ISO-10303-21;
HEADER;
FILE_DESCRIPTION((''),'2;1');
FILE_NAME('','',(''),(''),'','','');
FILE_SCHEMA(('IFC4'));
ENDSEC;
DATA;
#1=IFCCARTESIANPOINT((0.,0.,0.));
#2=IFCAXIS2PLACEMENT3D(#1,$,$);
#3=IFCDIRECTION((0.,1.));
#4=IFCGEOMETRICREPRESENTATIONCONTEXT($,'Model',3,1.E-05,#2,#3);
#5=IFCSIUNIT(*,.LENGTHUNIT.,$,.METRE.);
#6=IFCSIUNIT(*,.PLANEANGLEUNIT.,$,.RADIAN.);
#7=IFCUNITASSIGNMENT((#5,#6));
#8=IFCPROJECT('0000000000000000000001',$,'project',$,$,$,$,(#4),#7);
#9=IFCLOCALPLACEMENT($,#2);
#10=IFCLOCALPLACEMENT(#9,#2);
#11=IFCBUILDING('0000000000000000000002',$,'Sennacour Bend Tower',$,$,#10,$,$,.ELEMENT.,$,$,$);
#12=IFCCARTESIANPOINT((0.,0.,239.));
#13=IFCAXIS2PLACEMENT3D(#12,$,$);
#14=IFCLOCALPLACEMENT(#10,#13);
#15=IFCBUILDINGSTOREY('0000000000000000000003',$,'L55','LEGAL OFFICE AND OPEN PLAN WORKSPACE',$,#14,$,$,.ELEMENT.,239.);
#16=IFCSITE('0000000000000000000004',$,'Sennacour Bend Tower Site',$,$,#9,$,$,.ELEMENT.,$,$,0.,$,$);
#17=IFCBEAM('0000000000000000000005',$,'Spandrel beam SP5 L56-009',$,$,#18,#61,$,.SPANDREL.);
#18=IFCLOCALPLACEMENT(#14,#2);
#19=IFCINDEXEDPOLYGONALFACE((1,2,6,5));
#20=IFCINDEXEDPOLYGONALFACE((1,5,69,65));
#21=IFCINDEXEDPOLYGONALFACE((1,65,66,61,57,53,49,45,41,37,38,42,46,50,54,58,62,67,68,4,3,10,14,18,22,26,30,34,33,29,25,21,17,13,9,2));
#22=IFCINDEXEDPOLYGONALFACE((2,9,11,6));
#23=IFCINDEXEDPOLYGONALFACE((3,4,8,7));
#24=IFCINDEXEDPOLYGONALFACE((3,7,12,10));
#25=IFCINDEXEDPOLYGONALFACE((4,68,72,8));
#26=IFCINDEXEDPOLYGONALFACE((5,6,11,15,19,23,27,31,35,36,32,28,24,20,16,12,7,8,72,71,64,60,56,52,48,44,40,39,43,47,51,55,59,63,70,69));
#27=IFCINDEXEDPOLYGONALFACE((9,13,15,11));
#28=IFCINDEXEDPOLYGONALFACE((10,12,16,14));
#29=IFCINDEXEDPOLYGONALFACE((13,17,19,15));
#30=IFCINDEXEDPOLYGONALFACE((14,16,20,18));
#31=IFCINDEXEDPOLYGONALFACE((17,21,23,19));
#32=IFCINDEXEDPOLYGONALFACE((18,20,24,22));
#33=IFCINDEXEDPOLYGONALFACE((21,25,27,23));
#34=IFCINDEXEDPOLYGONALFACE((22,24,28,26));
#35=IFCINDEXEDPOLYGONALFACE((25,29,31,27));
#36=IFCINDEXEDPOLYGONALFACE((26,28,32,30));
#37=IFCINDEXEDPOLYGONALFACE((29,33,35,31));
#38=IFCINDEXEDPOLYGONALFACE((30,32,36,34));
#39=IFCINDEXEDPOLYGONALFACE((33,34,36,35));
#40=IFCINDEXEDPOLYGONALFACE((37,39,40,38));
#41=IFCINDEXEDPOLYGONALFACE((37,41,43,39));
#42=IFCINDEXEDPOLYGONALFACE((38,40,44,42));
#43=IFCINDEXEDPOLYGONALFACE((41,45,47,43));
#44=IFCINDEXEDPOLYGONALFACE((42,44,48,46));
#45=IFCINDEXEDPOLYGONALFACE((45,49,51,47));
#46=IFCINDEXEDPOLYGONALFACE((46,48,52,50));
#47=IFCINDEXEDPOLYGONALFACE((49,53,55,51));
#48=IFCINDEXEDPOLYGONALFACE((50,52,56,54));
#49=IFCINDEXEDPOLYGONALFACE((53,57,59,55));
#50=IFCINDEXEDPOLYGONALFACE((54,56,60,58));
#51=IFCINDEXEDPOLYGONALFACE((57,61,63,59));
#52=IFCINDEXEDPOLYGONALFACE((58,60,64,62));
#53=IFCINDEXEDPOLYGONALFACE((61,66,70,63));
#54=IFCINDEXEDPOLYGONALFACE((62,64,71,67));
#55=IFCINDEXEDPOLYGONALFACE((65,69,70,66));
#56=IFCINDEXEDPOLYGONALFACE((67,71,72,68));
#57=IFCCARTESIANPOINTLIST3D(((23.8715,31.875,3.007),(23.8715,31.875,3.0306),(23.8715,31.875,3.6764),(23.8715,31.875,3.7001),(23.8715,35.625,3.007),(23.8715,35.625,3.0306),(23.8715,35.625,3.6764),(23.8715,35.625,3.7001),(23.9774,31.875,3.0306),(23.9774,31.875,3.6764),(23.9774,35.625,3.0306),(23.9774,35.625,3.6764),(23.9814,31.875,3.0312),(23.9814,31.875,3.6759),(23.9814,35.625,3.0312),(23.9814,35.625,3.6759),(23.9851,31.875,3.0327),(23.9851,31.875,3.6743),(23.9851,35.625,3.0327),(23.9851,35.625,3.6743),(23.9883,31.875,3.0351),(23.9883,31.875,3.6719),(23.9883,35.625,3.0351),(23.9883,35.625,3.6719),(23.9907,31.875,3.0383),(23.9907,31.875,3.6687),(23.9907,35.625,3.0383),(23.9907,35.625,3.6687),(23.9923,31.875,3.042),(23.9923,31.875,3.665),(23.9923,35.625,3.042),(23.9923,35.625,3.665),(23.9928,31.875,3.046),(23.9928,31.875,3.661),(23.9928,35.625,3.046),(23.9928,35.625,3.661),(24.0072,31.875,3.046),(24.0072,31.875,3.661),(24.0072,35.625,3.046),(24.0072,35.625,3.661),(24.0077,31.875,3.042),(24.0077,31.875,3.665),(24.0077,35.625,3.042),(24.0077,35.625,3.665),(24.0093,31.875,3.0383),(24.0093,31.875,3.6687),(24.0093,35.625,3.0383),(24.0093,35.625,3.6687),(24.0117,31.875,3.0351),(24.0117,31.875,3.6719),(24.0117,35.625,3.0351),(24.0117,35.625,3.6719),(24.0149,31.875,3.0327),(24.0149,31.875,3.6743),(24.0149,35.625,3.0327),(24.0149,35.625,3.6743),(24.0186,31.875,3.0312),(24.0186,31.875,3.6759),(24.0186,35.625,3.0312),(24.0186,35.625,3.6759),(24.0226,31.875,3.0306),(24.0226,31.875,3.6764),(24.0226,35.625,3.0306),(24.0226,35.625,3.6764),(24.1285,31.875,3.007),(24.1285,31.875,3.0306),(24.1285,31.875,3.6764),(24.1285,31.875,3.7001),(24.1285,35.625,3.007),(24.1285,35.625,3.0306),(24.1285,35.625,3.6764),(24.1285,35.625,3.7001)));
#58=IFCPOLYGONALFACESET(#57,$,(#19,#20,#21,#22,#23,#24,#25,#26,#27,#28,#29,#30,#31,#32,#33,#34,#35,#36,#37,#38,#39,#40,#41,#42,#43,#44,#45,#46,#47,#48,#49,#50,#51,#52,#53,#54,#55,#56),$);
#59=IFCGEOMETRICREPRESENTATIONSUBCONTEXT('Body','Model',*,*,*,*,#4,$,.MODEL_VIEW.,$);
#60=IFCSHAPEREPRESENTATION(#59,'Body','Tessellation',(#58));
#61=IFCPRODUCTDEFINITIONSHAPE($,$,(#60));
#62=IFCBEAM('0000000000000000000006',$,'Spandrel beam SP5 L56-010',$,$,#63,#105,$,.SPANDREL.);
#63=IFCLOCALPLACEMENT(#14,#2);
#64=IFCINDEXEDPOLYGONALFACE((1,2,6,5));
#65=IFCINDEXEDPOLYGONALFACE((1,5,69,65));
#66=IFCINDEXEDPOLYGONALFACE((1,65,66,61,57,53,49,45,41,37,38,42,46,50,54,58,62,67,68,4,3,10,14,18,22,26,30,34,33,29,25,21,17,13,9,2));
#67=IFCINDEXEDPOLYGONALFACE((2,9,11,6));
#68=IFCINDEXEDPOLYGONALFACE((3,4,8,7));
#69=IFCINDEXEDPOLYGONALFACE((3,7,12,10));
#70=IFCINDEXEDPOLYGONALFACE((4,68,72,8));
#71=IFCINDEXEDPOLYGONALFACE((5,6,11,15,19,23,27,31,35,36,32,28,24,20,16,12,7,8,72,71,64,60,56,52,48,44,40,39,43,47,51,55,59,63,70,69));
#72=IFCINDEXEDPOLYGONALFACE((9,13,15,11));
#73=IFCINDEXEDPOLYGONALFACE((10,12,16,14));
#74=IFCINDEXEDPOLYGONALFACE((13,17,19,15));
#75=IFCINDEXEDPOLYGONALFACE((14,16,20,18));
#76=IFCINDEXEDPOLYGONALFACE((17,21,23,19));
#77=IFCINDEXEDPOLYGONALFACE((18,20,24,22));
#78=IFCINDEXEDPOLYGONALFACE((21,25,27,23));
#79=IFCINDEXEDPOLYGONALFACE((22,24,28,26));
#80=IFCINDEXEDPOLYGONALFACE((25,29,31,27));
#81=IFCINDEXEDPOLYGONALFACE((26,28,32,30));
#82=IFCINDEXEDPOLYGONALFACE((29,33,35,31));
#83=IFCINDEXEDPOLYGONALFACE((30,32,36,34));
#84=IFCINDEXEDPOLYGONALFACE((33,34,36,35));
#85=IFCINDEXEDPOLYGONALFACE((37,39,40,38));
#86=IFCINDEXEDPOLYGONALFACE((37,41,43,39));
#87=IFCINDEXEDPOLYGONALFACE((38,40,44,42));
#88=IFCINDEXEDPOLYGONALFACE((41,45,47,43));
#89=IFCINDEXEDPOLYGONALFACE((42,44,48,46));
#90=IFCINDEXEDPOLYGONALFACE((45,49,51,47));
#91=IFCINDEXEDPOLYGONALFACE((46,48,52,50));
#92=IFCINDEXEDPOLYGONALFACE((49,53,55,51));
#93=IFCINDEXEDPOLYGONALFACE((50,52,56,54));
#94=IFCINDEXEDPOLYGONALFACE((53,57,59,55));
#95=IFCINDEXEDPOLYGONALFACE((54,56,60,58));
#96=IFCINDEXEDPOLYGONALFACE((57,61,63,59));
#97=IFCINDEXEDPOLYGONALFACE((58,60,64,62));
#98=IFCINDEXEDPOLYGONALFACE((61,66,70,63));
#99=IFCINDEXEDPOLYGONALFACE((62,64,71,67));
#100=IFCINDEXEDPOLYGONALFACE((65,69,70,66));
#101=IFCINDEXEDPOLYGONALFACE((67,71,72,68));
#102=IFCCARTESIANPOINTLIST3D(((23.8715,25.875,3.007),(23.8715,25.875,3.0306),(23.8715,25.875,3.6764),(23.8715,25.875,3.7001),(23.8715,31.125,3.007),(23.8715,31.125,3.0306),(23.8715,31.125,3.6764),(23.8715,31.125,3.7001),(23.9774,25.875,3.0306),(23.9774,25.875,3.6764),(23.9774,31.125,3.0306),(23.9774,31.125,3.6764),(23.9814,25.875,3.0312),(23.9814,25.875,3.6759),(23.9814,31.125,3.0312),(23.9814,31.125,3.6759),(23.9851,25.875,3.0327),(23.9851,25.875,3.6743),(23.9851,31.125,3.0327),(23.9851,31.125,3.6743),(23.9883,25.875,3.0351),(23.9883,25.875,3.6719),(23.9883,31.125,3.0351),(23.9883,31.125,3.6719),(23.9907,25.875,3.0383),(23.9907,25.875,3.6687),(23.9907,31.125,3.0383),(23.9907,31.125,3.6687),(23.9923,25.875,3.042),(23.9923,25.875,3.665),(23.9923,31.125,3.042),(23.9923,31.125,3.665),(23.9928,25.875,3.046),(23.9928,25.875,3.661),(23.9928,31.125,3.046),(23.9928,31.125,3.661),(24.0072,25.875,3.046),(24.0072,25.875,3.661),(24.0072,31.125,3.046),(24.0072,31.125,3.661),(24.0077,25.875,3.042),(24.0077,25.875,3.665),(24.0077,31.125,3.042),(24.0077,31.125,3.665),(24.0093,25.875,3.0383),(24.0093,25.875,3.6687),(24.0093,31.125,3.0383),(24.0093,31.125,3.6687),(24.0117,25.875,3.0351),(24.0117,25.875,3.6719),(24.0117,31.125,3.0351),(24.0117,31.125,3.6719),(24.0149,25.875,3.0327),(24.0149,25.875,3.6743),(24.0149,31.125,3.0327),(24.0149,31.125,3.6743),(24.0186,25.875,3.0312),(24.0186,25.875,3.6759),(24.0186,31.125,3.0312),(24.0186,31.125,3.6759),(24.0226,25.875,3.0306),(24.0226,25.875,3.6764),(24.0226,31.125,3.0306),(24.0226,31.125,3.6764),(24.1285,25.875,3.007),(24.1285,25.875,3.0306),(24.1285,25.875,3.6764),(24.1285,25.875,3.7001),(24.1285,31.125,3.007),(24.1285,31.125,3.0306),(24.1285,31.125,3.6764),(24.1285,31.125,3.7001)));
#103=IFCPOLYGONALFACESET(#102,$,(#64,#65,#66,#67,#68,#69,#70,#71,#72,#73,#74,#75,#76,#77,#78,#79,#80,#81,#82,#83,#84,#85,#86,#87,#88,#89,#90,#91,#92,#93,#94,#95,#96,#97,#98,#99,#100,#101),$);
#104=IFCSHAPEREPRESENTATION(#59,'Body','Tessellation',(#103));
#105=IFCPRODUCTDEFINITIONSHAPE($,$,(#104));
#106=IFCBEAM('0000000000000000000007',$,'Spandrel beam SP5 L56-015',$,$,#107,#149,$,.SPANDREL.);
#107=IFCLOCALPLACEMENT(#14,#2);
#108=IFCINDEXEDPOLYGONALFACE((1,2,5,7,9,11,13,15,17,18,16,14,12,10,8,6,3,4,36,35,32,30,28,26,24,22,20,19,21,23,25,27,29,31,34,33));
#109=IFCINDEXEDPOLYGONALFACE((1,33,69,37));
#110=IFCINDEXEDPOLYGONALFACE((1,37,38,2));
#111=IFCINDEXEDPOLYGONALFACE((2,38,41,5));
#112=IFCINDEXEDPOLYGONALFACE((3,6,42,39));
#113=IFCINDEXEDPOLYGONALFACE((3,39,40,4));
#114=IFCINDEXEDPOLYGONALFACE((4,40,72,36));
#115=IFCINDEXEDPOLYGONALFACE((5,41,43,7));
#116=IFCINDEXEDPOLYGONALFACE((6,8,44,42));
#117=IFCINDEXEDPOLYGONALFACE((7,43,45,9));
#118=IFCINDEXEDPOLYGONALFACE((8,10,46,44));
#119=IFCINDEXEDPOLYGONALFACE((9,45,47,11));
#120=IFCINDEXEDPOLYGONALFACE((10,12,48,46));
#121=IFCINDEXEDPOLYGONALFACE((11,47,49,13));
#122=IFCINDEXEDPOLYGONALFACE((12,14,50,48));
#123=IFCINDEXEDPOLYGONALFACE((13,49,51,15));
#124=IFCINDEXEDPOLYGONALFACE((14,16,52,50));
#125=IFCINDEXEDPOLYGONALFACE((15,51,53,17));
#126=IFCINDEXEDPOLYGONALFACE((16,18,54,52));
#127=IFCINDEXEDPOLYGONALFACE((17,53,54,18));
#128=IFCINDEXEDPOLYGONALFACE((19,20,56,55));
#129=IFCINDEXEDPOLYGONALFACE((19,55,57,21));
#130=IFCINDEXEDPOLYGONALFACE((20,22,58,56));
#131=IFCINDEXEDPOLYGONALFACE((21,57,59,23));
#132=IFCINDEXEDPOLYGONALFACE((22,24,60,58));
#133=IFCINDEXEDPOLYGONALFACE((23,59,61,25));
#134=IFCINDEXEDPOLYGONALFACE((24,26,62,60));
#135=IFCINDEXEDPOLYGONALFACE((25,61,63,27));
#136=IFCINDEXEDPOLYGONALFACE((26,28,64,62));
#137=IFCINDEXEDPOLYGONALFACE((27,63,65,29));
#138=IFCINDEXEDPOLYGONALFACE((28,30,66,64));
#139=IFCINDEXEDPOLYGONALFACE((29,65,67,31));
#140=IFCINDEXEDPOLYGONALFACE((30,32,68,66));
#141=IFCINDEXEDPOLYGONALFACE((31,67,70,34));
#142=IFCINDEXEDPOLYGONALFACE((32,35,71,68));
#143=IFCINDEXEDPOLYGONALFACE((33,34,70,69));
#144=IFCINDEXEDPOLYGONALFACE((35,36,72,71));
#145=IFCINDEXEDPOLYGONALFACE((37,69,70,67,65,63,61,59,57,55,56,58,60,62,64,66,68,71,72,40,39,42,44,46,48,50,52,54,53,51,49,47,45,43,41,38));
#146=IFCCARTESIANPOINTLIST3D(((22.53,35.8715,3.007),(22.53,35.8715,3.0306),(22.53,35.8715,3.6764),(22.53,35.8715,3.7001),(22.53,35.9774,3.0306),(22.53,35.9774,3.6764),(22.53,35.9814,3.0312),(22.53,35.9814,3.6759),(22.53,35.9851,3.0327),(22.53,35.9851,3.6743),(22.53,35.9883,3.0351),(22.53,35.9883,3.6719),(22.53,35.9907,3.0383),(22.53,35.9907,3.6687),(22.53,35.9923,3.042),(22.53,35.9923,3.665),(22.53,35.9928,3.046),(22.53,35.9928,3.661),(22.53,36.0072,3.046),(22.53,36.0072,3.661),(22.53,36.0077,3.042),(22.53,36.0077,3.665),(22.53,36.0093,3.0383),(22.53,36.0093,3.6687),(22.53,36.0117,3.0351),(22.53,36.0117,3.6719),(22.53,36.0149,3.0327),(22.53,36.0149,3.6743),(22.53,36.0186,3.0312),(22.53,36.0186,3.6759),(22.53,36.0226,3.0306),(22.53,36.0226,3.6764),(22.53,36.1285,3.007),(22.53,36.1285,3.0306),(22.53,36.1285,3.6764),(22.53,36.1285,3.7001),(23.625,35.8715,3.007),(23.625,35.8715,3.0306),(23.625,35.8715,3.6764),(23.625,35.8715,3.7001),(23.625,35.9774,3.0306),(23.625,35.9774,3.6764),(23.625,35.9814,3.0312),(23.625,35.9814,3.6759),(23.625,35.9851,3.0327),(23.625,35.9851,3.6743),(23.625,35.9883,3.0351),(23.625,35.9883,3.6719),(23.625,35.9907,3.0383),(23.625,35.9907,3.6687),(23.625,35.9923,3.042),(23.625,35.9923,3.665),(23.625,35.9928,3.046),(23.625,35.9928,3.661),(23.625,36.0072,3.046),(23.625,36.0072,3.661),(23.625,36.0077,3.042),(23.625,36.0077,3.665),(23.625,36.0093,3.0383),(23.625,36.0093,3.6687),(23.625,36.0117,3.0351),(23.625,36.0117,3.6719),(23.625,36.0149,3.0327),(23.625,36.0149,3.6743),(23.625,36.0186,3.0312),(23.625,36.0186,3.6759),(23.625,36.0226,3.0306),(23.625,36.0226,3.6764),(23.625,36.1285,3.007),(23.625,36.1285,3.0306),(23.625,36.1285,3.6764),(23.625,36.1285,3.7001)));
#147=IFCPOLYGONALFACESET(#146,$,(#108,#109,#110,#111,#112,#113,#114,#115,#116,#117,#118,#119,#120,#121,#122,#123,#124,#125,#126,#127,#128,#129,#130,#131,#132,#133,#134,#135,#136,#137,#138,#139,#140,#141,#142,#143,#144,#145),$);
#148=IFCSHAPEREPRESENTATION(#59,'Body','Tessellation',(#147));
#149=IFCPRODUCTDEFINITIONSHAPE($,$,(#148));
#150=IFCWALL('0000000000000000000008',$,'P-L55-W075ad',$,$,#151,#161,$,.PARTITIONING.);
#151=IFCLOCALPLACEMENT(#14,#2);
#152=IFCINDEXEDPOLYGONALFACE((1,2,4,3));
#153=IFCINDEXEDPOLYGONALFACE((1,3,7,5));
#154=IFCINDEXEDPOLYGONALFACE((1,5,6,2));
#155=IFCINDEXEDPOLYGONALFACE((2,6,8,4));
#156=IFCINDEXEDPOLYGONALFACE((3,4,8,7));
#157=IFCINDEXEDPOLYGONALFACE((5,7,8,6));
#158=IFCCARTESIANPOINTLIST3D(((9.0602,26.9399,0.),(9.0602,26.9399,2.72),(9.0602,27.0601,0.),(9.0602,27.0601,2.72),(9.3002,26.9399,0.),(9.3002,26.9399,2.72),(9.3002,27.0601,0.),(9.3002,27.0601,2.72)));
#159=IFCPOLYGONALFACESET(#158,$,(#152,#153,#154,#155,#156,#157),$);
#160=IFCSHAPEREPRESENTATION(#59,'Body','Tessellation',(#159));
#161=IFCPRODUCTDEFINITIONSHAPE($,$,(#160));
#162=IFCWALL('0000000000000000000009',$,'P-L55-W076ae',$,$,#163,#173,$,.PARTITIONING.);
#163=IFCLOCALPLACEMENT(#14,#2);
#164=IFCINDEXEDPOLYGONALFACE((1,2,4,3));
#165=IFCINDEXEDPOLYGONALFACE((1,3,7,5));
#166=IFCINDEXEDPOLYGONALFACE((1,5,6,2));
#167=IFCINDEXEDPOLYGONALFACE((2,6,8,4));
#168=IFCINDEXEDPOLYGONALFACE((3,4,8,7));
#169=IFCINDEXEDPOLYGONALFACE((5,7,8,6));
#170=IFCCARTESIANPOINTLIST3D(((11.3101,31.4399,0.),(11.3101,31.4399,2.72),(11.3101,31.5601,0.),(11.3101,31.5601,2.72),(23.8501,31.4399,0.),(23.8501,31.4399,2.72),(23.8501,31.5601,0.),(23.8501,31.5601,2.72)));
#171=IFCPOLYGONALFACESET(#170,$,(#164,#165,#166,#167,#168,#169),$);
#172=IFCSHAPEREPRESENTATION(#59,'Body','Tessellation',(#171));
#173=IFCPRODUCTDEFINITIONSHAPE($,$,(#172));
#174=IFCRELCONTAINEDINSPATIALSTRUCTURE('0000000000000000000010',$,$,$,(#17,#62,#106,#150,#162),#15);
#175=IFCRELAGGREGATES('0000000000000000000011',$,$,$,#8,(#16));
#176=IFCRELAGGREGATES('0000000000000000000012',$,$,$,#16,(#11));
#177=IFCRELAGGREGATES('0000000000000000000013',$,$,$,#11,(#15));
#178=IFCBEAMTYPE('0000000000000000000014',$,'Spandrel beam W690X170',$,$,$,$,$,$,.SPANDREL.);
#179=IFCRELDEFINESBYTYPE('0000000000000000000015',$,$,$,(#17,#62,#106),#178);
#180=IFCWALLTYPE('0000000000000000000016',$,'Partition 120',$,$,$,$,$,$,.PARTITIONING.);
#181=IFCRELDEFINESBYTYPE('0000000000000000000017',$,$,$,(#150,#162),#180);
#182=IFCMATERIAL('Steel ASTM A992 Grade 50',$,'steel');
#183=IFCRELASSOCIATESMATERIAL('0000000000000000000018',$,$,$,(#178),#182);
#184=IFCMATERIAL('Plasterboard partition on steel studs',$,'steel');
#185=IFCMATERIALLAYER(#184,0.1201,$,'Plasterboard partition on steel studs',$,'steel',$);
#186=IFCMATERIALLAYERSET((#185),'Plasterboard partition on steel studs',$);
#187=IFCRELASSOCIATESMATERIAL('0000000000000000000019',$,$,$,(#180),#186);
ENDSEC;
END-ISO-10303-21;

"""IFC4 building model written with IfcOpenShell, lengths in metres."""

from ifc_helpers import new_model, si_unit, direction, frame, frame_2d, origin, origin_2d, place, context, subcontext, project, spatial, rectangle, i_section, extrude, material, layer, layer_set, material_profile, profile_set, type_object, element, save


model = new_model("IFC4")

# Units and contexts
model_context = context("Model", 3, precision=1e-05, world=origin(), true_north=direction((0.0, 1.0)))
body_context = subcontext(model_context, "Body", "Model", "MODEL_VIEW")
ifc_project = project(units=[si_unit("LENGTHUNIT", "METRE"), si_unit("PLANEANGLEUNIT", "RADIAN")], contexts=[model_context])

# Site, building, storey
site_placement = place(None, origin())
site = spatial("IfcSite", under=ifc_project, at=site_placement, Name="Sennacour Bend Tower Site", CompositionType="ELEMENT", RefElevation=0.0)
building_placement = place(site_placement, origin())
building = spatial("IfcBuilding", under=site, at=building_placement, Name="Sennacour Bend Tower", CompositionType="ELEMENT")
storey_placement = place(building_placement, frame((0.0, 0.0, 239.0)))
storey = spatial("IfcBuildingStorey", under=building, at=storey_placement, Name="L55", Description="LEGAL OFFICE AND OPEN PLAN WORKSPACE", CompositionType="ELEMENT", Elevation=239.0)

# Beams
ifc_material_1 = material(Name="Steel ASTM A992 Grade 50", Category="steel")
ifc_material_profile_1 = material_profile(ifc_material_1, i_section(OverallWidth=0.2571, OverallDepth=0.6931, WebThickness=0.0144, FlangeThickness=0.0237, FilletRadius=0.0154, at=origin_2d()), Name="Steel ASTM A992 Grade 50", Category="steel")
ifc_profile_set_1 = profile_set([ifc_material_profile_1], Name="Steel ASTM A992 Grade 50")
beam_type_1 = type_object("IfcBeamType", Name="Spandrel beam W690X170", PredefinedType="SPANDREL", material=ifc_profile_set_1)
beam_1_placement = place(storey_placement, frame((24.0, 35.625, 3.3535), z_axis=(0.0, -1.0, 0.0), x_axis=(1.0, 0.0, 0.0)))
element("IfcBeam", 1, at=beam_1_placement, inside=storey, type_object=beam_type_1, Name="Spandrel beam SP5 L56-009", PredefinedType="SPANDREL", context=body_context, shape_type="SweptSolid", body=[
    extrude(i_section(OverallWidth=0.2571, OverallDepth=0.6931, WebThickness=0.0144, FlangeThickness=0.0237, FilletRadius=0.0154, at=origin_2d()), origin(), (0.0, 0.0, 1.0), 3.75),
])
beam_2_placement = place(storey_placement, frame((24.0, 31.125, 3.3535), z_axis=(0.0, -1.0, 0.0), x_axis=(1.0, 0.0, 0.0)))
element("IfcBeam", 2, at=beam_2_placement, inside=storey, type_object=beam_type_1, Name="Spandrel beam SP5 L56-010", PredefinedType="SPANDREL", context=body_context, shape_type="SweptSolid", body=[
    extrude(i_section(OverallWidth=0.2571, OverallDepth=0.6931, WebThickness=0.0144, FlangeThickness=0.0237, FilletRadius=0.0154, at=origin_2d()), origin(), (0.0, 0.0, 1.0), 5.25),
])
beam_3_placement = place(storey_placement, frame((22.53, 36.0, 3.3535), z_axis=(1.0, 0.0, 0.0), x_axis=(0.0, 1.0, 0.0)))
element("IfcBeam", 3, at=beam_3_placement, inside=storey, type_object=beam_type_1, Name="Spandrel beam SP5 L56-015", PredefinedType="SPANDREL", context=body_context, shape_type="SweptSolid", body=[
    extrude(i_section(OverallWidth=0.2571, OverallDepth=0.6931, WebThickness=0.0144, FlangeThickness=0.0237, FilletRadius=0.0154, at=origin_2d()), origin(), (0.0, 0.0, 1.0), 1.095),
])

# Walls
ifc_material_2 = material(Name="Plasterboard partition on steel studs", Category="steel")
ifc_layer_1 = layer(ifc_material_2, 0.1201, Name="Plasterboard partition on steel studs", Category="steel")
ifc_layer_set_1 = layer_set([ifc_layer_1], Name="Plasterboard partition on steel studs")
wall_type_1 = type_object("IfcWallType", Name="Partition 120", PredefinedType="PARTITIONING", material=ifc_layer_set_1)
wall_1_placement = place(storey_placement, frame((9.0601, 27.0, 0.0), z_axis=(0.0, 0.0, 1.0), x_axis=(1.0, 0.0, 0.0)))
element("IfcWall", 4, at=wall_1_placement, inside=storey, type_object=wall_type_1, Name="P-L55-W075ad", PredefinedType="PARTITIONING", context=body_context, shape_type="SweptSolid", body=[
    extrude(rectangle(XDim=0.24, YDim=0.1201, at=frame_2d((0.1201, 0.0))), origin(), (0.0, 0.0, 1.0), 2.72),
])
wall_2_placement = place(storey_placement, frame((11.3101, 31.5, 0.0), z_axis=(0.0, 0.0, 1.0), x_axis=(1.0, 0.0, 0.0)))
element("IfcWall", 5, at=wall_2_placement, inside=storey, type_object=wall_type_1, Name="P-L55-W076ae", PredefinedType="PARTITIONING", context=body_context, shape_type="SweptSolid", body=[
    extrude(rectangle(XDim=12.54, YDim=0.1201, at=frame_2d((6.27, 0.0))), origin(), (0.0, 0.0, 1.0), 2.72),
])

save(model, "model.ifc")
